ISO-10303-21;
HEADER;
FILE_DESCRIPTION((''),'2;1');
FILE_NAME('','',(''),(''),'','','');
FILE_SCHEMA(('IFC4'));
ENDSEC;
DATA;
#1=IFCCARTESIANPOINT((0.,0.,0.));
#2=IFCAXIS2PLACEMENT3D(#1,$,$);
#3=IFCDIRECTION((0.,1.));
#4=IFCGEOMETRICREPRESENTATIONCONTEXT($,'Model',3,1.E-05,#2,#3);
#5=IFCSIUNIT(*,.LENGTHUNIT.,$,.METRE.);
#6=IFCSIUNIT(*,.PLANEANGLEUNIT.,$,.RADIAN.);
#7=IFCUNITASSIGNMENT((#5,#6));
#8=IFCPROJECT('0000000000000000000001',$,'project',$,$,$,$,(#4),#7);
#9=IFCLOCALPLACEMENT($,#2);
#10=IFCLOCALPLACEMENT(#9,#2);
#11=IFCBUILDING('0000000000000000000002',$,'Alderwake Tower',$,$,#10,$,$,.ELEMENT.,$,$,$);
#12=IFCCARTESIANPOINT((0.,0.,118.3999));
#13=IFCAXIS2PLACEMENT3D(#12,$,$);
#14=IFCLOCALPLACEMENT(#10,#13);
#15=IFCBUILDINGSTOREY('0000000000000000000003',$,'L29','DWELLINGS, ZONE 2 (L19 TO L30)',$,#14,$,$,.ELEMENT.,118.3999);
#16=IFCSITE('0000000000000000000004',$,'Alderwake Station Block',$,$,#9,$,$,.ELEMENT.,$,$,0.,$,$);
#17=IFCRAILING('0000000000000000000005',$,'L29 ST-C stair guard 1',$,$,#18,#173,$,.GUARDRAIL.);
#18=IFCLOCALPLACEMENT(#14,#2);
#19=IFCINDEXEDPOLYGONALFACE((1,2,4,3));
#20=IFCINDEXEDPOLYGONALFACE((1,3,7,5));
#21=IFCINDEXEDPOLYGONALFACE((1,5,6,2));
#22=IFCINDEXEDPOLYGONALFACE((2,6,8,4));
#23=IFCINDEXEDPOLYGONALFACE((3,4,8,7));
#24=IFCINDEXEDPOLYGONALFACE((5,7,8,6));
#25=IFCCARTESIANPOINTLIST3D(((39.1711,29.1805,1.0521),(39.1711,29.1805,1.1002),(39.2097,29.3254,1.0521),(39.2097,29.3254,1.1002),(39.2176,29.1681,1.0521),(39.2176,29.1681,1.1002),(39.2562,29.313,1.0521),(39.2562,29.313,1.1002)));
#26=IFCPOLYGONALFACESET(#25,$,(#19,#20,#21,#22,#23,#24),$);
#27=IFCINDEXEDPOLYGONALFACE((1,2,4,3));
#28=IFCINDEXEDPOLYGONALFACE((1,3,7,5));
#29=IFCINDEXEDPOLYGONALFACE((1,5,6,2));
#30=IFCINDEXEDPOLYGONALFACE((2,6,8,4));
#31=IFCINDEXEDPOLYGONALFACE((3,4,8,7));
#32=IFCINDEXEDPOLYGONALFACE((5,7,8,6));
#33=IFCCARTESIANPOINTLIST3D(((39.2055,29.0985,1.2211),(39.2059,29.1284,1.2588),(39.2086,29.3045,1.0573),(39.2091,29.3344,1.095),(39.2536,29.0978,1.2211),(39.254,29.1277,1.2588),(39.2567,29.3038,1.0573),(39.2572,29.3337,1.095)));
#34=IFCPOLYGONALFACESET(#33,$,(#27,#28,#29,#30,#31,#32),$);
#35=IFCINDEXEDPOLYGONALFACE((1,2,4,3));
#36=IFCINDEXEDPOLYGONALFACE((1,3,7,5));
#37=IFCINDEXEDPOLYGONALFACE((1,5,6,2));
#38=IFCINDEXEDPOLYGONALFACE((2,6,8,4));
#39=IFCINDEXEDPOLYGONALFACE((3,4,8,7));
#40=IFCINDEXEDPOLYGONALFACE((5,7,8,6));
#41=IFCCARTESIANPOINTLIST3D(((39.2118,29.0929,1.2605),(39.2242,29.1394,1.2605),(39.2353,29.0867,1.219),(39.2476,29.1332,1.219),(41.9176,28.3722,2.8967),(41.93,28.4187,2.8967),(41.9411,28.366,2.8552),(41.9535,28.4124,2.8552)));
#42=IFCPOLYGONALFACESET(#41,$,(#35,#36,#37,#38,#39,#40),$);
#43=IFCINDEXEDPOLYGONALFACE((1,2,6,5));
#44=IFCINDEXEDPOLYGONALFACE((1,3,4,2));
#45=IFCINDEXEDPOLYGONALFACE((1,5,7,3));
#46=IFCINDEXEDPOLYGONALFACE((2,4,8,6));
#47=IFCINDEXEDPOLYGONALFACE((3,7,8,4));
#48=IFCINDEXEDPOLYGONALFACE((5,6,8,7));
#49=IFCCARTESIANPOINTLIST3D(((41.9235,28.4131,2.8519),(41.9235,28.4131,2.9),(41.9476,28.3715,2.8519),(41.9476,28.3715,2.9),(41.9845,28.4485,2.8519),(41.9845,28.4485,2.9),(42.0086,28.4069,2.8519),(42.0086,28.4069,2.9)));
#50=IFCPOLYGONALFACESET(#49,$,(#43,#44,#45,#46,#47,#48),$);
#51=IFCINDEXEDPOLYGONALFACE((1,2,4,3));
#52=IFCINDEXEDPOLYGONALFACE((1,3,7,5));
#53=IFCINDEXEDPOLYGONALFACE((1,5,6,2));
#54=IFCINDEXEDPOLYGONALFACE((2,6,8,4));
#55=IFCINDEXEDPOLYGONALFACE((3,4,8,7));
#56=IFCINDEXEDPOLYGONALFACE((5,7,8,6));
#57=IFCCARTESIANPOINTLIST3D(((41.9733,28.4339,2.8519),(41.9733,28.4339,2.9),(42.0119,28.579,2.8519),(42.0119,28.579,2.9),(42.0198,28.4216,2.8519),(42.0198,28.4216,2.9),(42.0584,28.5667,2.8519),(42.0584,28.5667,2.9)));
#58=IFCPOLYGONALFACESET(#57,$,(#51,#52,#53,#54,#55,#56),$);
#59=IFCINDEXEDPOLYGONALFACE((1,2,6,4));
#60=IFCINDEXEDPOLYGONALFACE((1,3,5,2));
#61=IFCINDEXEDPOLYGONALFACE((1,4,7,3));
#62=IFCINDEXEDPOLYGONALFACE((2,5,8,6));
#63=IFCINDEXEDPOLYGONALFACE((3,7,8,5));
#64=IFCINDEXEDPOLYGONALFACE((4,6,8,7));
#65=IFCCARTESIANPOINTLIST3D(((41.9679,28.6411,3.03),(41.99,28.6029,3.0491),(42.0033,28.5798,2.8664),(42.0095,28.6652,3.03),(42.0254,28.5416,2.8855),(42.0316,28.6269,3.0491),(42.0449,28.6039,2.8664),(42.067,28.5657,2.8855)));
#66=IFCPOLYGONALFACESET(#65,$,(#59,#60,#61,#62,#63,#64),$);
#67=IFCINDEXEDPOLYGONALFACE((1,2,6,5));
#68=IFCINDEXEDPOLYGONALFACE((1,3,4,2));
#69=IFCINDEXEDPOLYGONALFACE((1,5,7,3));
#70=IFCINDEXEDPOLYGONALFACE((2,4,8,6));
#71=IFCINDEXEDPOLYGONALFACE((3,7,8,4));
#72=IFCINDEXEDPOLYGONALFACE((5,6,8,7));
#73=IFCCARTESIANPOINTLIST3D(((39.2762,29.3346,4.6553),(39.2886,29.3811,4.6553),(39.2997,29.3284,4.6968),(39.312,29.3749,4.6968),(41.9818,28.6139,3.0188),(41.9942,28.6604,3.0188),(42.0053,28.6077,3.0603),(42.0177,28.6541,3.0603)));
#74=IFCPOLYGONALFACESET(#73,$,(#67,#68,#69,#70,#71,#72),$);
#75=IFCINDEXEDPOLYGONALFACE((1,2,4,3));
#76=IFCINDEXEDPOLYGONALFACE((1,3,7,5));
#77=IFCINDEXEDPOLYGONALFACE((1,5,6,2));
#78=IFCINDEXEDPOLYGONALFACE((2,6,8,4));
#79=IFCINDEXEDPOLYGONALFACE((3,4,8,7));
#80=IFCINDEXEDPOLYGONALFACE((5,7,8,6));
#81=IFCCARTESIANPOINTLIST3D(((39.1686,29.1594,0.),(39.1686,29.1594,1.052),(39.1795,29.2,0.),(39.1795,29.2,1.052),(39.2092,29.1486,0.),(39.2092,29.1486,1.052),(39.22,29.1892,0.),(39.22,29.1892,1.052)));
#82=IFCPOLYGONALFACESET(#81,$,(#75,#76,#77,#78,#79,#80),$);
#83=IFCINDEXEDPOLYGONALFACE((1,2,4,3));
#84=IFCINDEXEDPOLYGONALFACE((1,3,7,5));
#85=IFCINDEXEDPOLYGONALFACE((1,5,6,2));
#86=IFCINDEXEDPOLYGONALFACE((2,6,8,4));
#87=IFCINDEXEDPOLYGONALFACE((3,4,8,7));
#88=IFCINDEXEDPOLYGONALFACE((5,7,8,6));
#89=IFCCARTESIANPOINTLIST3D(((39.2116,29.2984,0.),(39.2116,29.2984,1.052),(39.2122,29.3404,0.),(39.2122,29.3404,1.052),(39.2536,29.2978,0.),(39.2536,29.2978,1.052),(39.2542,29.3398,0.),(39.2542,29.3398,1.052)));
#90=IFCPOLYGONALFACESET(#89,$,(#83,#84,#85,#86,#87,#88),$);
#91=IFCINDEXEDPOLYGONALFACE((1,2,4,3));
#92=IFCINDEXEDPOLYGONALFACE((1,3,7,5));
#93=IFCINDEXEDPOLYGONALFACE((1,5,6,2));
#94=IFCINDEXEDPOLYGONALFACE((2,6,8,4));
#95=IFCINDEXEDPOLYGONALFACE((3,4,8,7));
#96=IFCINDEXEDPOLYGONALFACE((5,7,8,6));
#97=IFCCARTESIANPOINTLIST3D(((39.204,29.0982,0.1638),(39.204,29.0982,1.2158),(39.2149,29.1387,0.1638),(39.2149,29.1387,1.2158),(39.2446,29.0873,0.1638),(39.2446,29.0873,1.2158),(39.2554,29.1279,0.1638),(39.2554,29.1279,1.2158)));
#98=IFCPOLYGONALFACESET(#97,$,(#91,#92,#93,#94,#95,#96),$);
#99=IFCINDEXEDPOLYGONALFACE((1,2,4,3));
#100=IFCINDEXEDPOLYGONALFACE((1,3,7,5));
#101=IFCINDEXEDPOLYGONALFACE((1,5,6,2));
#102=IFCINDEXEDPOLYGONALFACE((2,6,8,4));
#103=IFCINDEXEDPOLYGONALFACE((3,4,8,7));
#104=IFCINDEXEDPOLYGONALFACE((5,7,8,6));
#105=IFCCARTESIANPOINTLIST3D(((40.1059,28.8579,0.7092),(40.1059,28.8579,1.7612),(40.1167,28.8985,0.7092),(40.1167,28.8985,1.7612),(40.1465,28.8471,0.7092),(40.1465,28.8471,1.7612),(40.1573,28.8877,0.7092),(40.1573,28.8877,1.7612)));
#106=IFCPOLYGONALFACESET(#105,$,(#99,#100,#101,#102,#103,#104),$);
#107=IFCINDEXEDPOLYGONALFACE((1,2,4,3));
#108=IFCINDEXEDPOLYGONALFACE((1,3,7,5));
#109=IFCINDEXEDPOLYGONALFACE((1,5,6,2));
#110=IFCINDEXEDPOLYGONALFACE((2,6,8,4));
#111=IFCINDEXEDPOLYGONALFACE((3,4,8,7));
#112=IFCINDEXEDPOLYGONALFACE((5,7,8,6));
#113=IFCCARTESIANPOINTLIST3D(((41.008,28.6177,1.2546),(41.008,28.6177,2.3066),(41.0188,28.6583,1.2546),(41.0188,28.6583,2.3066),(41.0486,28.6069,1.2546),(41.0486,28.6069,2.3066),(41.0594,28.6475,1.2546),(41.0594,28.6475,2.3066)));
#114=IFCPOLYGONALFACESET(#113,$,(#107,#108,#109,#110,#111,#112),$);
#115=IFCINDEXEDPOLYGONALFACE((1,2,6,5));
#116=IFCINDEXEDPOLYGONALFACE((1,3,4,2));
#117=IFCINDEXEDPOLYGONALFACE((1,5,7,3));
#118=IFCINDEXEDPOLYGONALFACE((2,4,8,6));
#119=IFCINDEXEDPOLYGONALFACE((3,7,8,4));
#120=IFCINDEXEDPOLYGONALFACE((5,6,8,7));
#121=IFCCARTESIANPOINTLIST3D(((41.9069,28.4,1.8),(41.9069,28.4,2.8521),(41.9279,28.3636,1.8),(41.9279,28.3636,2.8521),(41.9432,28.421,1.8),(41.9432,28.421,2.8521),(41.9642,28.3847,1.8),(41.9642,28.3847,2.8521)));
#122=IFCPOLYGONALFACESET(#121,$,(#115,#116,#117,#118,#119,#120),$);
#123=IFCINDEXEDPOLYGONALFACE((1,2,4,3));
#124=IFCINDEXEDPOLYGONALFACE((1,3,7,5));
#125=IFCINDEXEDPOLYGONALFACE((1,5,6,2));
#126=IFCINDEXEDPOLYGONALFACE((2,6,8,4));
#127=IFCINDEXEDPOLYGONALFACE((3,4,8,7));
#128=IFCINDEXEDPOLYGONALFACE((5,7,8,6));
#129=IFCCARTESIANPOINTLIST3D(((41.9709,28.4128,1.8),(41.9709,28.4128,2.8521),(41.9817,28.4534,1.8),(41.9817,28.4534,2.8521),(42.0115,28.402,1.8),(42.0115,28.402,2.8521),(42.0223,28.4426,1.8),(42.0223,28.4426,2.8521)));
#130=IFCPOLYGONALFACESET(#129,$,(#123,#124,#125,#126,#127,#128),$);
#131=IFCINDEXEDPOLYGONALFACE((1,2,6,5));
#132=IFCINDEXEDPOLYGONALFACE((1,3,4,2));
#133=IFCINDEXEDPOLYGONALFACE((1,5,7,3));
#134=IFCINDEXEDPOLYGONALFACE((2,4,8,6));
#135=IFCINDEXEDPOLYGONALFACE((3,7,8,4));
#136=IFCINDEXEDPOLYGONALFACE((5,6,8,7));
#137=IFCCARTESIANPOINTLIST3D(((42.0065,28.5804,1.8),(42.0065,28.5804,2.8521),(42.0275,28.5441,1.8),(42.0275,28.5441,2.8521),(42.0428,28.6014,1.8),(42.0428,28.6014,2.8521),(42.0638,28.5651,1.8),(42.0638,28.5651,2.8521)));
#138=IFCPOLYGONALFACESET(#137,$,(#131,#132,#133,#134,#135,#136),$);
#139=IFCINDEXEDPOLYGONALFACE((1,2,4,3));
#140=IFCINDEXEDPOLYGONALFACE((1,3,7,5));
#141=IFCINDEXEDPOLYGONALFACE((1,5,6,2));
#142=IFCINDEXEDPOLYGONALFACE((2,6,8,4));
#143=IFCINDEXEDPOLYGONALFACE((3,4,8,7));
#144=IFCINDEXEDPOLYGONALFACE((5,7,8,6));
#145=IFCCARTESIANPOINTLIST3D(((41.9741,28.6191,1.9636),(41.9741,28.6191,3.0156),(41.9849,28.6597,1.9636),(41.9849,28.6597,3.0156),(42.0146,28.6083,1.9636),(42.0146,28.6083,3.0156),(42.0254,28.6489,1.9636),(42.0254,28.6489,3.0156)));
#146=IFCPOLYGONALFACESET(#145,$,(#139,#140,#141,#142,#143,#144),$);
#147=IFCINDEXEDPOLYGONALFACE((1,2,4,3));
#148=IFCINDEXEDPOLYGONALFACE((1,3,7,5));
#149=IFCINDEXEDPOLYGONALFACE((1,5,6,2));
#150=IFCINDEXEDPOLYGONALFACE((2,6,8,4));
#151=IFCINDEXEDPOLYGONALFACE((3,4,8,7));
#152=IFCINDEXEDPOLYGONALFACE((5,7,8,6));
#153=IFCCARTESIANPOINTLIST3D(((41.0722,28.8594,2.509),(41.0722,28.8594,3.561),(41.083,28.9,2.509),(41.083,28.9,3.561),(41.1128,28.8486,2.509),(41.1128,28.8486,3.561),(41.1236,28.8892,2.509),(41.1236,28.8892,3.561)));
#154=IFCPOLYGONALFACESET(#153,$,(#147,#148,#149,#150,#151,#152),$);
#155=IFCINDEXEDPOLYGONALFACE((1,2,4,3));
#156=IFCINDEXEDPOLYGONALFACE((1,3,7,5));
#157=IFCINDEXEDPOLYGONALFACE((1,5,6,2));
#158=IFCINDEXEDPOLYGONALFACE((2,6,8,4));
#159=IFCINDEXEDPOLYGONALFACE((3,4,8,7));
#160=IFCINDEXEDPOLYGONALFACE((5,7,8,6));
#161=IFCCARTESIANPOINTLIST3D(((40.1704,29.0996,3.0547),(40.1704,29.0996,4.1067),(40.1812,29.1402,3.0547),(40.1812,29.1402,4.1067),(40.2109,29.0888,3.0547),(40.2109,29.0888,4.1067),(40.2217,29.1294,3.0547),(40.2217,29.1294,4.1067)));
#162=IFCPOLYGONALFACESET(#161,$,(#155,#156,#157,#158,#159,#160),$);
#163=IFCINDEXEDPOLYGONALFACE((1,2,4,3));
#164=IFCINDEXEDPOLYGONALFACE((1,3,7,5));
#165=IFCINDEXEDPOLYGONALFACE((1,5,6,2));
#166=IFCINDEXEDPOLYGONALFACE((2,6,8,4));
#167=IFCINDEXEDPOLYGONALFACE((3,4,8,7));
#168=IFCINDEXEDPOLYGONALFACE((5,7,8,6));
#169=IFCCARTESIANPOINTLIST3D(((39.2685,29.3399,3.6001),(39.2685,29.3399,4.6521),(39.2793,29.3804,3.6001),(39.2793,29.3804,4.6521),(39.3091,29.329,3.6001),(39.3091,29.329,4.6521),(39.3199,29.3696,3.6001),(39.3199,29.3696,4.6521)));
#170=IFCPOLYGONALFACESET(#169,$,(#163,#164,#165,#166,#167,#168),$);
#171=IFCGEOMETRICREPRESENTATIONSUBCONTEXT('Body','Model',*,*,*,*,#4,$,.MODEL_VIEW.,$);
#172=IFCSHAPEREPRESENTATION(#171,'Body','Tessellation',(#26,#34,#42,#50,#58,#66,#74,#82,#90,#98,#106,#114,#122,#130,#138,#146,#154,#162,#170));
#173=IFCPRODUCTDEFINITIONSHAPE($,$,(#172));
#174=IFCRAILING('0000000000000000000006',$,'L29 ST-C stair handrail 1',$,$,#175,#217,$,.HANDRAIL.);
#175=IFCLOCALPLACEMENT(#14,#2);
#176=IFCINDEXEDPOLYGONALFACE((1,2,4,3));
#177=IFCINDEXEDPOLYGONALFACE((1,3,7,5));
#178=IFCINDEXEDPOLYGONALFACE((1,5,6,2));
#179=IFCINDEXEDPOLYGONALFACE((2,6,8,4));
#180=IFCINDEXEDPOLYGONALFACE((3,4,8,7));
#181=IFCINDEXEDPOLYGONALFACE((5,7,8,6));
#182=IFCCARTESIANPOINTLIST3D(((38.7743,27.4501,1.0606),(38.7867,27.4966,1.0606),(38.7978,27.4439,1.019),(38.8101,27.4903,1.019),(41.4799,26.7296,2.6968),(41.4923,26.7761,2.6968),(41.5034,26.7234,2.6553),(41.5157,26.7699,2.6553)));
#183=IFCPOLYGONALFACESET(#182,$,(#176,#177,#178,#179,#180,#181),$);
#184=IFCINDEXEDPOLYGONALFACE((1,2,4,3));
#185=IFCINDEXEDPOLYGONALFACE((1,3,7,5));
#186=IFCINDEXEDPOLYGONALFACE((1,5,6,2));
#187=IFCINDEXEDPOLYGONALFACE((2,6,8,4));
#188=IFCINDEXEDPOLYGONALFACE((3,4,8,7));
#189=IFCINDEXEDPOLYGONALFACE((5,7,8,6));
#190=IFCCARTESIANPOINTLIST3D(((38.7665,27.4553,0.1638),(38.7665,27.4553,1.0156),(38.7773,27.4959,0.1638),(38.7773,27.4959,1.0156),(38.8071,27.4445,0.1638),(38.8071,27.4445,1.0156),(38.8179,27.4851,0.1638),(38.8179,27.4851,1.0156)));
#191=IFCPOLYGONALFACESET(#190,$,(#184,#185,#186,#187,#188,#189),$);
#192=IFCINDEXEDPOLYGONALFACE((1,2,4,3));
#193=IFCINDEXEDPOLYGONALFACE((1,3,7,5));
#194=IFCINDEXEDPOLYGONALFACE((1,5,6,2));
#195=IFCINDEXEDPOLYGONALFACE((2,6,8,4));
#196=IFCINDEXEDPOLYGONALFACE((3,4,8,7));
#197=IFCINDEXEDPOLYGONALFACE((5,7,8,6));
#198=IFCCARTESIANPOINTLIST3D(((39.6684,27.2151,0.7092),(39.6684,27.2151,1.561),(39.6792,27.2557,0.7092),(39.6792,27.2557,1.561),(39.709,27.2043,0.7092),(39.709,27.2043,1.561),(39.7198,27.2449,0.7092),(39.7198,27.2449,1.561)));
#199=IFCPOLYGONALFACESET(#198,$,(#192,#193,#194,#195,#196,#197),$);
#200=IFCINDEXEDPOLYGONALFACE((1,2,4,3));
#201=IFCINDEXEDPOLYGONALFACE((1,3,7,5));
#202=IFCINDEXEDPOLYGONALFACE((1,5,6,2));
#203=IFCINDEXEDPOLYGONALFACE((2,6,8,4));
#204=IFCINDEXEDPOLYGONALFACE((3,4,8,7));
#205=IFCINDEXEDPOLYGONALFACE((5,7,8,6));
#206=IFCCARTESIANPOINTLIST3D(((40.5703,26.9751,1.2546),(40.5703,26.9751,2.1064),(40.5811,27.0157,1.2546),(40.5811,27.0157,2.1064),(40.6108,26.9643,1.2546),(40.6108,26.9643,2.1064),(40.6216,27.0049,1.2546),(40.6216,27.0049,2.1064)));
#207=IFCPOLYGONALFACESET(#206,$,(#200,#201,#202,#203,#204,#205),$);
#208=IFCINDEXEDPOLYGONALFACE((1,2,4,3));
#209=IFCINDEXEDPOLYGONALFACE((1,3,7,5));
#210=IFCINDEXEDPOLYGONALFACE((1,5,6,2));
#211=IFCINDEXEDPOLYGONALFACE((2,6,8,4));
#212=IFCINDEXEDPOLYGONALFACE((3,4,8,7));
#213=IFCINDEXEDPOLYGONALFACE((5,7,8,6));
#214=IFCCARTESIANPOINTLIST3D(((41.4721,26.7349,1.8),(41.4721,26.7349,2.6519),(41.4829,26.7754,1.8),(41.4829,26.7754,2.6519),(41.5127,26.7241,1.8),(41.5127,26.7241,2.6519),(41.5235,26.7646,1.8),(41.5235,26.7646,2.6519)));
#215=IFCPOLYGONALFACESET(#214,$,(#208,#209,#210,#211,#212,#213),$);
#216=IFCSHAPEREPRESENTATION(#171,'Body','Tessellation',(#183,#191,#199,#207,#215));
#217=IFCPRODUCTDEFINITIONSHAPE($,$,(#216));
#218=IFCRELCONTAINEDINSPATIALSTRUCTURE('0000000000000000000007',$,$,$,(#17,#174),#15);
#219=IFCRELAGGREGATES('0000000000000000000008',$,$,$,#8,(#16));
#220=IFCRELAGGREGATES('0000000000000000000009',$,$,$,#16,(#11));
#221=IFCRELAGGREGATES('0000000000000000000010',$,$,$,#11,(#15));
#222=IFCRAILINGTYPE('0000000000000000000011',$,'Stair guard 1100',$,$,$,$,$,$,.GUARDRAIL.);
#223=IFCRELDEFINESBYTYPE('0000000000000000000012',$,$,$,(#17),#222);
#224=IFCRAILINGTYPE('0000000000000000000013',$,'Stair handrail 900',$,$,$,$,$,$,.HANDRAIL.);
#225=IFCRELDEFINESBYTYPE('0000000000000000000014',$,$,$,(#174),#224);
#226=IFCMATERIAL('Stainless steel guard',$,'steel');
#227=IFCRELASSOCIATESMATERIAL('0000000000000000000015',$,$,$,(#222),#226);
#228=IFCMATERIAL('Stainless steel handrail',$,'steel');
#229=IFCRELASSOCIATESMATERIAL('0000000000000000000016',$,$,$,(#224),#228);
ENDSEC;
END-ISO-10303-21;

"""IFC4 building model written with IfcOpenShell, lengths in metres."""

from ifc_helpers import new_model, si_unit, direction, frame, origin, origin_2d, place, context, subcontext, project, spatial, rectangle, extrude, material, type_object, element, save


model = new_model("IFC4")

# Units and contexts
model_context = context("Model", 3, precision=1e-05, world=origin(), true_north=direction((0.0, 1.0)))
body_context = subcontext(model_context, "Body", "Model", "MODEL_VIEW")
ifc_project = project(units=[si_unit("LENGTHUNIT", "METRE"), si_unit("PLANEANGLEUNIT", "RADIAN")], contexts=[model_context])

# Site, building, storey
site_placement = place(None, origin())
site = spatial("IfcSite", under=ifc_project, at=site_placement, Name="Alderwake Station Block", CompositionType="ELEMENT", RefElevation=0.0)
building_placement = place(site_placement, origin())
building = spatial("IfcBuilding", under=site, at=building_placement, Name="Alderwake Tower", CompositionType="ELEMENT")
storey_placement = place(building_placement, frame((0.0, 0.0, 118.3999)))
storey = spatial("IfcBuildingStorey", under=building, at=storey_placement, Name="L29", Description="DWELLINGS, ZONE 2 (L19 TO L30)", CompositionType="ELEMENT", Elevation=118.3999)

# Railings
ifc_material_1 = material(Name="Stainless steel guard", Category="steel")
railing_type_1 = type_object("IfcRailingType", Name="Stair guard 1100", PredefinedType="GUARDRAIL", material=ifc_material_1)
railing_1_placement = place(storey_placement, frame((39.1943, 29.1743, 0.0)))
element("IfcRailing", 1, at=railing_1_placement, inside=storey, type_object=railing_type_1, Name="L29 ST-C stair guard 1", PredefinedType="GUARDRAIL", context=body_context, shape_type="SweptSolid", body=[
    extrude(rectangle(XDim=0.0481, YDim=0.0481, at=origin_2d()), frame((0.0, 0.0, 1.0762), z_axis=(0.25746, 0.966289, 0.0), x_axis=(-0.966289, 0.25746, 0.0)), (0.0, 0.0, 1.0), 0.1499),
    extrude(rectangle(XDim=0.0481, YDim=0.0481, at=origin_2d()), frame((0.0386, 0.1448, 1.0762), z_axis=(-0.012056, -0.782708, 0.622272), x_axis=(0.999881, -0.015401, 0.0)), (0.0, 0.0, 1.0), 0.2632),
    extrude(rectangle(XDim=0.0481, YDim=0.0481, at=origin_2d()), frame((0.0354, -0.0613, 1.2397), z_axis=(0.834314, -0.222223, 0.504518), x_axis=(0.25738, 0.96631, 0.0)), (0.0, 0.0, 1.0), 3.2432),
    extrude(rectangle(XDim=0.0481, YDim=0.0481, at=origin_2d()), frame((2.7412, -0.782, 2.876), z_axis=(0.865031, 0.501718, 0.0), x_axis=(-0.501718, 0.865031, 0.0)), (0.0, 0.0, 1.0), 0.0706),
    extrude(rectangle(XDim=0.0481, YDim=0.0481, at=origin_2d()), frame((2.8022, -0.7466, 2.876), z_axis=(0.257055, 0.966397, 0.0), x_axis=(-0.966397, 0.257055, 0.0)), (0.0, 0.0, 1.0), 0.1501),
    extrude(rectangle(XDim=0.0481, YDim=0.0481, at=origin_2d()), frame((2.8408, -0.6016, 2.876), z_axis=(-0.198625, 0.343827, 0.917786), x_axis=(-0.865898, -0.50022, 0.0)), (0.0, 0.0, 1.0), 0.1782),
    extrude(rectangle(XDim=0.0481, YDim=0.0481, at=origin_2d()), frame((2.8054, -0.5403, 3.0396), z_axis=(-0.834259, 0.222228, 0.504605), x_axis=(-0.257402, -0.966304, 0.0)), (0.0, 0.0, 1.0), 3.2432),
    extrude(rectangle(XDim=0.042, YDim=0.042, at=origin_2d()), frame((0.0, 0.0, 0.0), z_axis=(0.0, 0.0, 1.0), x_axis=(0.25746, 0.966289, 0.0)), (0.0, 0.0, 1.0), 1.052),
    extrude(rectangle(XDim=0.042, YDim=0.042, at=origin_2d()), frame((0.0386, 0.1448, 0.0), z_axis=(0.0, 0.0, 1.0), x_axis=(-0.015401, -0.999881, 0.0)), (0.0, 0.0, 1.0), 1.052),
    extrude(rectangle(XDim=0.042, YDim=0.042, at=origin_2d()), frame((0.0354, -0.0613, 0.1638), z_axis=(0.0, 0.0, 1.0), x_axis=(0.96631, -0.25738, 0.0)), (0.0, 0.0, 1.0), 1.052),
    extrude(rectangle(XDim=0.042, YDim=0.042, at=origin_2d()), frame((0.9373, -0.3015, 0.7092), z_axis=(0.0, 0.0, 1.0), x_axis=(0.96631, -0.25738, 0.0)), (0.0, 0.0, 1.0), 1.052),
    extrude(rectangle(XDim=0.042, YDim=0.042, at=origin_2d()), frame((1.8394, -0.5417, 1.2546), z_axis=(0.0, 0.0, 1.0), x_axis=(0.96631, -0.25738, 0.0)), (0.0, 0.0, 1.0), 1.052),
    extrude(rectangle(XDim=0.042, YDim=0.042, at=origin_2d()), frame((2.7412, -0.782, 1.8), z_axis=(0.0, 0.0, 1.0), x_axis=(0.865031, 0.501718, 0.0)), (0.0, 0.0, 1.0), 1.052),
    extrude(rectangle(XDim=0.042, YDim=0.042, at=origin_2d()), frame((2.8022, -0.7466, 1.8), z_axis=(0.0, 0.0, 1.0), x_axis=(0.257055, 0.966397, 0.0)), (0.0, 0.0, 1.0), 1.052),
    extrude(rectangle(XDim=0.042, YDim=0.042, at=origin_2d()), frame((2.8408, -0.6016, 1.8), z_axis=(0.0, 0.0, 1.0), x_axis=(-0.50022, 0.865898, 0.0)), (0.0, 0.0, 1.0), 1.052),
    extrude(rectangle(XDim=0.042, YDim=0.042, at=origin_2d()), frame((2.8054, -0.5403, 1.9636), z_axis=(0.0, 0.0, 1.0), x_axis=(-0.966304, 0.257402, 0.0)), (0.0, 0.0, 1.0), 1.052),
    extrude(rectangle(XDim=0.042, YDim=0.042, at=origin_2d()), frame((1.9036, -0.3, 2.509), z_axis=(0.0, 0.0, 1.0), x_axis=(-0.966304, 0.257402, 0.0)), (0.0, 0.0, 1.0), 1.052),
    extrude(rectangle(XDim=0.042, YDim=0.042, at=origin_2d()), frame((1.0017, -0.0598, 3.0547), z_axis=(0.0, 0.0, 1.0), x_axis=(-0.966304, 0.257402, 0.0)), (0.0, 0.0, 1.0), 1.052),
    extrude(rectangle(XDim=0.042, YDim=0.042, at=origin_2d()), frame((0.0999, 0.1804, 3.6001), z_axis=(0.0, 0.0, 1.0), x_axis=(-0.966304, 0.257402, 0.0)), (0.0, 0.0, 1.0), 1.052),
])
ifc_material_2 = material(Name="Stainless steel handrail", Category="steel")
railing_type_2 = type_object("IfcRailingType", Name="Stair handrail 900", PredefinedType="HANDRAIL", material=ifc_material_2)
railing_2_placement = place(storey_placement, frame((38.7922, 27.4702, 0.1638)))
element("IfcRailing", 2, at=railing_2_placement, inside=storey, type_object=railing_type_2, Name="L29 ST-C stair handrail 1", PredefinedType="HANDRAIL", context=body_context, shape_type="SweptSolid", body=[
    extrude(rectangle(XDim=0.0481, YDim=0.0481, at=origin_2d()), frame((0.0, 0.0, 0.876), z_axis=(0.834305, -0.222165, 0.504558), x_axis=(0.257321, 0.966326, 0.0)), (0.0, 0.0, 1.0), 3.2429),
    extrude(rectangle(XDim=0.042, YDim=0.042, at=origin_2d()), frame((0.0, 0.0, 0.0), z_axis=(0.0, 0.0, 1.0), x_axis=(0.966326, -0.257321, 0.0)), (0.0, 0.0, 1.0), 0.8518),
    extrude(rectangle(XDim=0.042, YDim=0.042, at=origin_2d()), frame((0.9019, -0.2402, 0.5454), z_axis=(0.0, 0.0, 1.0), x_axis=(0.966326, -0.257321, 0.0)), (0.0, 0.0, 1.0), 0.8518),
    extrude(rectangle(XDim=0.042, YDim=0.042, at=origin_2d()), frame((1.8037, -0.4802, 1.0908), z_axis=(0.0, 0.0, 1.0), x_axis=(0.966326, -0.257321, 0.0)), (0.0, 0.0, 1.0), 0.8518),
    extrude(rectangle(XDim=0.042, YDim=0.042, at=origin_2d()), frame((2.7056, -0.7205, 1.6362), z_axis=(0.0, 0.0, 1.0), x_axis=(0.966326, -0.257321, 0.0)), (0.0, 0.0, 1.0), 0.8518),
])

save(model, "model.ifc")
